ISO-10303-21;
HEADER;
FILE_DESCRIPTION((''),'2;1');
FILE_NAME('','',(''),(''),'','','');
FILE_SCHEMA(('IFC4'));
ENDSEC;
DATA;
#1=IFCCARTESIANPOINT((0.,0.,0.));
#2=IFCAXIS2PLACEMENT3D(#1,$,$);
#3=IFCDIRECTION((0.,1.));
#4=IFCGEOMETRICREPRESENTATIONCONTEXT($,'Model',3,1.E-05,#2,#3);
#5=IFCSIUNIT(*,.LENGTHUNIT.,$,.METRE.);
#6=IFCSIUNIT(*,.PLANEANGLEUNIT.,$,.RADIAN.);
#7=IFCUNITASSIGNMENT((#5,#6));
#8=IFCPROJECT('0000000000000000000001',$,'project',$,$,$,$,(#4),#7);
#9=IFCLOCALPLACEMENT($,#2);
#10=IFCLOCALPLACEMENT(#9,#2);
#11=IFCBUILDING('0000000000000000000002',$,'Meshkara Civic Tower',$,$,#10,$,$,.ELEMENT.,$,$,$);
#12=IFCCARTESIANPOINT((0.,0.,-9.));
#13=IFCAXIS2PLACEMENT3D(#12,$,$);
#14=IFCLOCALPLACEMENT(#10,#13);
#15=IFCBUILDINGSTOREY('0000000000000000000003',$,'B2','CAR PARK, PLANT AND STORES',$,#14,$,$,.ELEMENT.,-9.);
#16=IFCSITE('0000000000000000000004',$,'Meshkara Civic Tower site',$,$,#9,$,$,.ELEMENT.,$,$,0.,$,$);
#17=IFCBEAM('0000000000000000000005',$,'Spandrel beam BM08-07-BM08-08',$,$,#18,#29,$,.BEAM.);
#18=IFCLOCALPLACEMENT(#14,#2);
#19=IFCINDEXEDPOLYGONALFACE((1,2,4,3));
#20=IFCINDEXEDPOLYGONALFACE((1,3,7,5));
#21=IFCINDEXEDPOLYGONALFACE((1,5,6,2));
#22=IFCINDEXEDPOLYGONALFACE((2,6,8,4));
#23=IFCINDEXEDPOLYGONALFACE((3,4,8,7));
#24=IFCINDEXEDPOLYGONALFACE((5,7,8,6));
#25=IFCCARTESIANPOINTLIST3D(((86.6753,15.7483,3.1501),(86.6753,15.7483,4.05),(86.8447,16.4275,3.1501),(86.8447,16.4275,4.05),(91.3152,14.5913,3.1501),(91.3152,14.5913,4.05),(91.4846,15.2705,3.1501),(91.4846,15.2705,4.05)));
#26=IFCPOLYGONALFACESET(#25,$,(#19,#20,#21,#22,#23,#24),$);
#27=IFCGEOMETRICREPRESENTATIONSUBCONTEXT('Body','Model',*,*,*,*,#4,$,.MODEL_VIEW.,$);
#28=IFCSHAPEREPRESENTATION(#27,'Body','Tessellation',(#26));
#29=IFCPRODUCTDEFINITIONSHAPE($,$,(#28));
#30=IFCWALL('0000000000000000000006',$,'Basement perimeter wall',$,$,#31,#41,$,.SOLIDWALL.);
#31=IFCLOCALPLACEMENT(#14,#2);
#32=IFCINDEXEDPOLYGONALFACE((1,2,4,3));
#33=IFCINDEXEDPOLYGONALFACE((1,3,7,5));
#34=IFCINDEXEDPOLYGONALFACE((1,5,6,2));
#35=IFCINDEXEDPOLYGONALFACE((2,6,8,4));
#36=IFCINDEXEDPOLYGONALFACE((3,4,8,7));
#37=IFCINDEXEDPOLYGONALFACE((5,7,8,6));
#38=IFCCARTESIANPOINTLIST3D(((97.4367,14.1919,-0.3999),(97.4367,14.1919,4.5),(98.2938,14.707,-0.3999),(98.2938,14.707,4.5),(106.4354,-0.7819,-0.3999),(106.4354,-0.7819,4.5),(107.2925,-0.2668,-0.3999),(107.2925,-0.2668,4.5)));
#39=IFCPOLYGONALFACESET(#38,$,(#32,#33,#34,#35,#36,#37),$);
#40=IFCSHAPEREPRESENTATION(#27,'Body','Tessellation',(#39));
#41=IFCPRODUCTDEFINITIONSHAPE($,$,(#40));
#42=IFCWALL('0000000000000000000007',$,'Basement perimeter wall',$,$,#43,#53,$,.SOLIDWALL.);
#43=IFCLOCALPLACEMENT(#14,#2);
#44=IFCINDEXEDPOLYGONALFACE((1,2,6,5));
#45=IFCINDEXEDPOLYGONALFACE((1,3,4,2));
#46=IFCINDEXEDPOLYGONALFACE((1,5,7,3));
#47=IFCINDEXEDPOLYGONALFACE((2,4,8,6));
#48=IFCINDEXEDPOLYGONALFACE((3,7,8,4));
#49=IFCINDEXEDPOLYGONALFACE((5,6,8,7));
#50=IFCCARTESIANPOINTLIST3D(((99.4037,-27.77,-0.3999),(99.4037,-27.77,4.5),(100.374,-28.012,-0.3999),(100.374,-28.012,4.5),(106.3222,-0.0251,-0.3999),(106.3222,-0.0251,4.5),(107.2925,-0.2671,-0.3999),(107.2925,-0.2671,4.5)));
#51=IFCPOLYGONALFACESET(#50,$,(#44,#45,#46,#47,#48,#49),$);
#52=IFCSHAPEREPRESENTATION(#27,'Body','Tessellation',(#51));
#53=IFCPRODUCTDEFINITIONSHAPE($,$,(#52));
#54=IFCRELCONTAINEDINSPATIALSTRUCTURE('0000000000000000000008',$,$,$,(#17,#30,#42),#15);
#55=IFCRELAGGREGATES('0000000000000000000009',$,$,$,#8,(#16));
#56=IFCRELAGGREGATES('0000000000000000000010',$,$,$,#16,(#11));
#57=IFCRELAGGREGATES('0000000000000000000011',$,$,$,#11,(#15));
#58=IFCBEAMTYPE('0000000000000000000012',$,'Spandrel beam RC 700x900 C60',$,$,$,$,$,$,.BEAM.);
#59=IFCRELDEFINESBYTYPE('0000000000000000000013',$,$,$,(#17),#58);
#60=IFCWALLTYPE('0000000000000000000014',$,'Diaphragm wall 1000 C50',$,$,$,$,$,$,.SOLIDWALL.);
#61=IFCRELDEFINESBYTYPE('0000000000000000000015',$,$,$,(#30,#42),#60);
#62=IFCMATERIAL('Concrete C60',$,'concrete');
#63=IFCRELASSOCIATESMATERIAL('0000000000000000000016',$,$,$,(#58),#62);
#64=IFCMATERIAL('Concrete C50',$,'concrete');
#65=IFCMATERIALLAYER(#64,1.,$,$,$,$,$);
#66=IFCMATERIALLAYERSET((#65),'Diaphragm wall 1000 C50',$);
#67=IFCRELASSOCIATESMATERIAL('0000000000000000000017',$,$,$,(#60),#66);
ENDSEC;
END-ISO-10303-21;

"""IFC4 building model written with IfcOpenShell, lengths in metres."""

from ifc_helpers import new_model, si_unit, direction, frame, frame_2d, origin, origin_2d, place, context, subcontext, project, spatial, rectangle, extrude, material, layer, layer_set, material_profile, profile_set, type_object, element, save


model = new_model("IFC4")

# Units and contexts
model_context = context("Model", 3, precision=1e-05, world=origin(), true_north=direction((0.0, 1.0)))
body_context = subcontext(model_context, "Body", "Model", "MODEL_VIEW")
ifc_project = project(units=[si_unit("LENGTHUNIT", "METRE"), si_unit("PLANEANGLEUNIT", "RADIAN")], contexts=[model_context])

# Site, building, storey
site_placement = place(None, origin())
site = spatial("IfcSite", under=ifc_project, at=site_placement, Name="Meshkara Civic Tower site", CompositionType="ELEMENT", RefElevation=0.0)
building_placement = place(site_placement, origin())
building = spatial("IfcBuilding", under=site, at=building_placement, Name="Meshkara Civic Tower", CompositionType="ELEMENT")
storey_placement = place(building_placement, frame((0.0, 0.0, -9.0)))
storey = spatial("IfcBuildingStorey", under=building, at=storey_placement, Name="B2", Description="CAR PARK, PLANT AND STORES", CompositionType="ELEMENT", Elevation=-9.0)

# Beam
ifc_material_1 = material(Name="Concrete C60", Category="concrete")
ifc_material_profile_1 = material_profile(ifc_material_1, rectangle(XDim=0.7, YDim=0.8999, at=origin_2d()))
ifc_profile_set_1 = profile_set([ifc_material_profile_1], Name="Concrete C60")
beam_type = type_object("IfcBeamType", Name="Spandrel beam RC 700x900 C60", PredefinedType="BEAM", material=ifc_profile_set_1)
beam_1_placement = place(storey_placement, frame((91.3999, 14.9309, 3.6001), z_axis=(-0.970289, 0.241947, 0.0), x_axis=(-0.241947, -0.970289, 0.0)))
element("IfcBeam", 1, at=beam_1_placement, inside=storey, type_object=beam_type, Name="Spandrel beam BM08-07-BM08-08", PredefinedType="BEAM", context=body_context, shape_type="SweptSolid", body=[
    extrude(rectangle(XDim=0.7, YDim=0.8999, at=origin_2d()), origin(), (0.0, 0.0, 1.0), 4.782),
])

# Walls
ifc_material_2 = material(Name="Concrete C50", Category="concrete")
ifc_layer = layer(ifc_material_2, 1.0)
ifc_layer_set = layer_set([ifc_layer], Name="Diaphragm wall 1000 C50")
wall_type = type_object("IfcWallType", Name="Diaphragm wall 1000 C50", PredefinedType="SOLIDWALL", material=ifc_layer_set)
wall_1_placement = place(storey_placement, frame((97.8652, 14.4495, -0.3999), z_axis=(0.0, 0.0, 1.0), x_axis=(0.515104, -0.857128, 0.0)))
element("IfcWall", 2, at=wall_1_placement, inside=storey, type_object=wall_type, Name="Basement perimeter wall", PredefinedType="SOLIDWALL", context=body_context, shape_type="SweptSolid", body=[
    extrude(rectangle(XDim=17.4697, YDim=1.0, at=frame_2d((8.7349, 0.0))), origin(), (0.0, 0.0, 1.0), 4.8999),
])
wall_2_placement = place(storey_placement, frame((106.8074, -0.146, -0.3999), z_axis=(0.0, 0.0, 1.0), x_axis=(-0.241951, -0.970288, 0.0)))
element("IfcWall", 3, at=wall_2_placement, inside=storey, type_object=wall_type, Name="Basement perimeter wall", PredefinedType="SOLIDWALL", context=body_context, shape_type="SweptSolid", body=[
    extrude(rectangle(XDim=28.5945, YDim=1.0, at=frame_2d((14.2974, 0.0))), origin(), (0.0, 0.0, 1.0), 4.8999),
])

save(model, "model.ifc")
